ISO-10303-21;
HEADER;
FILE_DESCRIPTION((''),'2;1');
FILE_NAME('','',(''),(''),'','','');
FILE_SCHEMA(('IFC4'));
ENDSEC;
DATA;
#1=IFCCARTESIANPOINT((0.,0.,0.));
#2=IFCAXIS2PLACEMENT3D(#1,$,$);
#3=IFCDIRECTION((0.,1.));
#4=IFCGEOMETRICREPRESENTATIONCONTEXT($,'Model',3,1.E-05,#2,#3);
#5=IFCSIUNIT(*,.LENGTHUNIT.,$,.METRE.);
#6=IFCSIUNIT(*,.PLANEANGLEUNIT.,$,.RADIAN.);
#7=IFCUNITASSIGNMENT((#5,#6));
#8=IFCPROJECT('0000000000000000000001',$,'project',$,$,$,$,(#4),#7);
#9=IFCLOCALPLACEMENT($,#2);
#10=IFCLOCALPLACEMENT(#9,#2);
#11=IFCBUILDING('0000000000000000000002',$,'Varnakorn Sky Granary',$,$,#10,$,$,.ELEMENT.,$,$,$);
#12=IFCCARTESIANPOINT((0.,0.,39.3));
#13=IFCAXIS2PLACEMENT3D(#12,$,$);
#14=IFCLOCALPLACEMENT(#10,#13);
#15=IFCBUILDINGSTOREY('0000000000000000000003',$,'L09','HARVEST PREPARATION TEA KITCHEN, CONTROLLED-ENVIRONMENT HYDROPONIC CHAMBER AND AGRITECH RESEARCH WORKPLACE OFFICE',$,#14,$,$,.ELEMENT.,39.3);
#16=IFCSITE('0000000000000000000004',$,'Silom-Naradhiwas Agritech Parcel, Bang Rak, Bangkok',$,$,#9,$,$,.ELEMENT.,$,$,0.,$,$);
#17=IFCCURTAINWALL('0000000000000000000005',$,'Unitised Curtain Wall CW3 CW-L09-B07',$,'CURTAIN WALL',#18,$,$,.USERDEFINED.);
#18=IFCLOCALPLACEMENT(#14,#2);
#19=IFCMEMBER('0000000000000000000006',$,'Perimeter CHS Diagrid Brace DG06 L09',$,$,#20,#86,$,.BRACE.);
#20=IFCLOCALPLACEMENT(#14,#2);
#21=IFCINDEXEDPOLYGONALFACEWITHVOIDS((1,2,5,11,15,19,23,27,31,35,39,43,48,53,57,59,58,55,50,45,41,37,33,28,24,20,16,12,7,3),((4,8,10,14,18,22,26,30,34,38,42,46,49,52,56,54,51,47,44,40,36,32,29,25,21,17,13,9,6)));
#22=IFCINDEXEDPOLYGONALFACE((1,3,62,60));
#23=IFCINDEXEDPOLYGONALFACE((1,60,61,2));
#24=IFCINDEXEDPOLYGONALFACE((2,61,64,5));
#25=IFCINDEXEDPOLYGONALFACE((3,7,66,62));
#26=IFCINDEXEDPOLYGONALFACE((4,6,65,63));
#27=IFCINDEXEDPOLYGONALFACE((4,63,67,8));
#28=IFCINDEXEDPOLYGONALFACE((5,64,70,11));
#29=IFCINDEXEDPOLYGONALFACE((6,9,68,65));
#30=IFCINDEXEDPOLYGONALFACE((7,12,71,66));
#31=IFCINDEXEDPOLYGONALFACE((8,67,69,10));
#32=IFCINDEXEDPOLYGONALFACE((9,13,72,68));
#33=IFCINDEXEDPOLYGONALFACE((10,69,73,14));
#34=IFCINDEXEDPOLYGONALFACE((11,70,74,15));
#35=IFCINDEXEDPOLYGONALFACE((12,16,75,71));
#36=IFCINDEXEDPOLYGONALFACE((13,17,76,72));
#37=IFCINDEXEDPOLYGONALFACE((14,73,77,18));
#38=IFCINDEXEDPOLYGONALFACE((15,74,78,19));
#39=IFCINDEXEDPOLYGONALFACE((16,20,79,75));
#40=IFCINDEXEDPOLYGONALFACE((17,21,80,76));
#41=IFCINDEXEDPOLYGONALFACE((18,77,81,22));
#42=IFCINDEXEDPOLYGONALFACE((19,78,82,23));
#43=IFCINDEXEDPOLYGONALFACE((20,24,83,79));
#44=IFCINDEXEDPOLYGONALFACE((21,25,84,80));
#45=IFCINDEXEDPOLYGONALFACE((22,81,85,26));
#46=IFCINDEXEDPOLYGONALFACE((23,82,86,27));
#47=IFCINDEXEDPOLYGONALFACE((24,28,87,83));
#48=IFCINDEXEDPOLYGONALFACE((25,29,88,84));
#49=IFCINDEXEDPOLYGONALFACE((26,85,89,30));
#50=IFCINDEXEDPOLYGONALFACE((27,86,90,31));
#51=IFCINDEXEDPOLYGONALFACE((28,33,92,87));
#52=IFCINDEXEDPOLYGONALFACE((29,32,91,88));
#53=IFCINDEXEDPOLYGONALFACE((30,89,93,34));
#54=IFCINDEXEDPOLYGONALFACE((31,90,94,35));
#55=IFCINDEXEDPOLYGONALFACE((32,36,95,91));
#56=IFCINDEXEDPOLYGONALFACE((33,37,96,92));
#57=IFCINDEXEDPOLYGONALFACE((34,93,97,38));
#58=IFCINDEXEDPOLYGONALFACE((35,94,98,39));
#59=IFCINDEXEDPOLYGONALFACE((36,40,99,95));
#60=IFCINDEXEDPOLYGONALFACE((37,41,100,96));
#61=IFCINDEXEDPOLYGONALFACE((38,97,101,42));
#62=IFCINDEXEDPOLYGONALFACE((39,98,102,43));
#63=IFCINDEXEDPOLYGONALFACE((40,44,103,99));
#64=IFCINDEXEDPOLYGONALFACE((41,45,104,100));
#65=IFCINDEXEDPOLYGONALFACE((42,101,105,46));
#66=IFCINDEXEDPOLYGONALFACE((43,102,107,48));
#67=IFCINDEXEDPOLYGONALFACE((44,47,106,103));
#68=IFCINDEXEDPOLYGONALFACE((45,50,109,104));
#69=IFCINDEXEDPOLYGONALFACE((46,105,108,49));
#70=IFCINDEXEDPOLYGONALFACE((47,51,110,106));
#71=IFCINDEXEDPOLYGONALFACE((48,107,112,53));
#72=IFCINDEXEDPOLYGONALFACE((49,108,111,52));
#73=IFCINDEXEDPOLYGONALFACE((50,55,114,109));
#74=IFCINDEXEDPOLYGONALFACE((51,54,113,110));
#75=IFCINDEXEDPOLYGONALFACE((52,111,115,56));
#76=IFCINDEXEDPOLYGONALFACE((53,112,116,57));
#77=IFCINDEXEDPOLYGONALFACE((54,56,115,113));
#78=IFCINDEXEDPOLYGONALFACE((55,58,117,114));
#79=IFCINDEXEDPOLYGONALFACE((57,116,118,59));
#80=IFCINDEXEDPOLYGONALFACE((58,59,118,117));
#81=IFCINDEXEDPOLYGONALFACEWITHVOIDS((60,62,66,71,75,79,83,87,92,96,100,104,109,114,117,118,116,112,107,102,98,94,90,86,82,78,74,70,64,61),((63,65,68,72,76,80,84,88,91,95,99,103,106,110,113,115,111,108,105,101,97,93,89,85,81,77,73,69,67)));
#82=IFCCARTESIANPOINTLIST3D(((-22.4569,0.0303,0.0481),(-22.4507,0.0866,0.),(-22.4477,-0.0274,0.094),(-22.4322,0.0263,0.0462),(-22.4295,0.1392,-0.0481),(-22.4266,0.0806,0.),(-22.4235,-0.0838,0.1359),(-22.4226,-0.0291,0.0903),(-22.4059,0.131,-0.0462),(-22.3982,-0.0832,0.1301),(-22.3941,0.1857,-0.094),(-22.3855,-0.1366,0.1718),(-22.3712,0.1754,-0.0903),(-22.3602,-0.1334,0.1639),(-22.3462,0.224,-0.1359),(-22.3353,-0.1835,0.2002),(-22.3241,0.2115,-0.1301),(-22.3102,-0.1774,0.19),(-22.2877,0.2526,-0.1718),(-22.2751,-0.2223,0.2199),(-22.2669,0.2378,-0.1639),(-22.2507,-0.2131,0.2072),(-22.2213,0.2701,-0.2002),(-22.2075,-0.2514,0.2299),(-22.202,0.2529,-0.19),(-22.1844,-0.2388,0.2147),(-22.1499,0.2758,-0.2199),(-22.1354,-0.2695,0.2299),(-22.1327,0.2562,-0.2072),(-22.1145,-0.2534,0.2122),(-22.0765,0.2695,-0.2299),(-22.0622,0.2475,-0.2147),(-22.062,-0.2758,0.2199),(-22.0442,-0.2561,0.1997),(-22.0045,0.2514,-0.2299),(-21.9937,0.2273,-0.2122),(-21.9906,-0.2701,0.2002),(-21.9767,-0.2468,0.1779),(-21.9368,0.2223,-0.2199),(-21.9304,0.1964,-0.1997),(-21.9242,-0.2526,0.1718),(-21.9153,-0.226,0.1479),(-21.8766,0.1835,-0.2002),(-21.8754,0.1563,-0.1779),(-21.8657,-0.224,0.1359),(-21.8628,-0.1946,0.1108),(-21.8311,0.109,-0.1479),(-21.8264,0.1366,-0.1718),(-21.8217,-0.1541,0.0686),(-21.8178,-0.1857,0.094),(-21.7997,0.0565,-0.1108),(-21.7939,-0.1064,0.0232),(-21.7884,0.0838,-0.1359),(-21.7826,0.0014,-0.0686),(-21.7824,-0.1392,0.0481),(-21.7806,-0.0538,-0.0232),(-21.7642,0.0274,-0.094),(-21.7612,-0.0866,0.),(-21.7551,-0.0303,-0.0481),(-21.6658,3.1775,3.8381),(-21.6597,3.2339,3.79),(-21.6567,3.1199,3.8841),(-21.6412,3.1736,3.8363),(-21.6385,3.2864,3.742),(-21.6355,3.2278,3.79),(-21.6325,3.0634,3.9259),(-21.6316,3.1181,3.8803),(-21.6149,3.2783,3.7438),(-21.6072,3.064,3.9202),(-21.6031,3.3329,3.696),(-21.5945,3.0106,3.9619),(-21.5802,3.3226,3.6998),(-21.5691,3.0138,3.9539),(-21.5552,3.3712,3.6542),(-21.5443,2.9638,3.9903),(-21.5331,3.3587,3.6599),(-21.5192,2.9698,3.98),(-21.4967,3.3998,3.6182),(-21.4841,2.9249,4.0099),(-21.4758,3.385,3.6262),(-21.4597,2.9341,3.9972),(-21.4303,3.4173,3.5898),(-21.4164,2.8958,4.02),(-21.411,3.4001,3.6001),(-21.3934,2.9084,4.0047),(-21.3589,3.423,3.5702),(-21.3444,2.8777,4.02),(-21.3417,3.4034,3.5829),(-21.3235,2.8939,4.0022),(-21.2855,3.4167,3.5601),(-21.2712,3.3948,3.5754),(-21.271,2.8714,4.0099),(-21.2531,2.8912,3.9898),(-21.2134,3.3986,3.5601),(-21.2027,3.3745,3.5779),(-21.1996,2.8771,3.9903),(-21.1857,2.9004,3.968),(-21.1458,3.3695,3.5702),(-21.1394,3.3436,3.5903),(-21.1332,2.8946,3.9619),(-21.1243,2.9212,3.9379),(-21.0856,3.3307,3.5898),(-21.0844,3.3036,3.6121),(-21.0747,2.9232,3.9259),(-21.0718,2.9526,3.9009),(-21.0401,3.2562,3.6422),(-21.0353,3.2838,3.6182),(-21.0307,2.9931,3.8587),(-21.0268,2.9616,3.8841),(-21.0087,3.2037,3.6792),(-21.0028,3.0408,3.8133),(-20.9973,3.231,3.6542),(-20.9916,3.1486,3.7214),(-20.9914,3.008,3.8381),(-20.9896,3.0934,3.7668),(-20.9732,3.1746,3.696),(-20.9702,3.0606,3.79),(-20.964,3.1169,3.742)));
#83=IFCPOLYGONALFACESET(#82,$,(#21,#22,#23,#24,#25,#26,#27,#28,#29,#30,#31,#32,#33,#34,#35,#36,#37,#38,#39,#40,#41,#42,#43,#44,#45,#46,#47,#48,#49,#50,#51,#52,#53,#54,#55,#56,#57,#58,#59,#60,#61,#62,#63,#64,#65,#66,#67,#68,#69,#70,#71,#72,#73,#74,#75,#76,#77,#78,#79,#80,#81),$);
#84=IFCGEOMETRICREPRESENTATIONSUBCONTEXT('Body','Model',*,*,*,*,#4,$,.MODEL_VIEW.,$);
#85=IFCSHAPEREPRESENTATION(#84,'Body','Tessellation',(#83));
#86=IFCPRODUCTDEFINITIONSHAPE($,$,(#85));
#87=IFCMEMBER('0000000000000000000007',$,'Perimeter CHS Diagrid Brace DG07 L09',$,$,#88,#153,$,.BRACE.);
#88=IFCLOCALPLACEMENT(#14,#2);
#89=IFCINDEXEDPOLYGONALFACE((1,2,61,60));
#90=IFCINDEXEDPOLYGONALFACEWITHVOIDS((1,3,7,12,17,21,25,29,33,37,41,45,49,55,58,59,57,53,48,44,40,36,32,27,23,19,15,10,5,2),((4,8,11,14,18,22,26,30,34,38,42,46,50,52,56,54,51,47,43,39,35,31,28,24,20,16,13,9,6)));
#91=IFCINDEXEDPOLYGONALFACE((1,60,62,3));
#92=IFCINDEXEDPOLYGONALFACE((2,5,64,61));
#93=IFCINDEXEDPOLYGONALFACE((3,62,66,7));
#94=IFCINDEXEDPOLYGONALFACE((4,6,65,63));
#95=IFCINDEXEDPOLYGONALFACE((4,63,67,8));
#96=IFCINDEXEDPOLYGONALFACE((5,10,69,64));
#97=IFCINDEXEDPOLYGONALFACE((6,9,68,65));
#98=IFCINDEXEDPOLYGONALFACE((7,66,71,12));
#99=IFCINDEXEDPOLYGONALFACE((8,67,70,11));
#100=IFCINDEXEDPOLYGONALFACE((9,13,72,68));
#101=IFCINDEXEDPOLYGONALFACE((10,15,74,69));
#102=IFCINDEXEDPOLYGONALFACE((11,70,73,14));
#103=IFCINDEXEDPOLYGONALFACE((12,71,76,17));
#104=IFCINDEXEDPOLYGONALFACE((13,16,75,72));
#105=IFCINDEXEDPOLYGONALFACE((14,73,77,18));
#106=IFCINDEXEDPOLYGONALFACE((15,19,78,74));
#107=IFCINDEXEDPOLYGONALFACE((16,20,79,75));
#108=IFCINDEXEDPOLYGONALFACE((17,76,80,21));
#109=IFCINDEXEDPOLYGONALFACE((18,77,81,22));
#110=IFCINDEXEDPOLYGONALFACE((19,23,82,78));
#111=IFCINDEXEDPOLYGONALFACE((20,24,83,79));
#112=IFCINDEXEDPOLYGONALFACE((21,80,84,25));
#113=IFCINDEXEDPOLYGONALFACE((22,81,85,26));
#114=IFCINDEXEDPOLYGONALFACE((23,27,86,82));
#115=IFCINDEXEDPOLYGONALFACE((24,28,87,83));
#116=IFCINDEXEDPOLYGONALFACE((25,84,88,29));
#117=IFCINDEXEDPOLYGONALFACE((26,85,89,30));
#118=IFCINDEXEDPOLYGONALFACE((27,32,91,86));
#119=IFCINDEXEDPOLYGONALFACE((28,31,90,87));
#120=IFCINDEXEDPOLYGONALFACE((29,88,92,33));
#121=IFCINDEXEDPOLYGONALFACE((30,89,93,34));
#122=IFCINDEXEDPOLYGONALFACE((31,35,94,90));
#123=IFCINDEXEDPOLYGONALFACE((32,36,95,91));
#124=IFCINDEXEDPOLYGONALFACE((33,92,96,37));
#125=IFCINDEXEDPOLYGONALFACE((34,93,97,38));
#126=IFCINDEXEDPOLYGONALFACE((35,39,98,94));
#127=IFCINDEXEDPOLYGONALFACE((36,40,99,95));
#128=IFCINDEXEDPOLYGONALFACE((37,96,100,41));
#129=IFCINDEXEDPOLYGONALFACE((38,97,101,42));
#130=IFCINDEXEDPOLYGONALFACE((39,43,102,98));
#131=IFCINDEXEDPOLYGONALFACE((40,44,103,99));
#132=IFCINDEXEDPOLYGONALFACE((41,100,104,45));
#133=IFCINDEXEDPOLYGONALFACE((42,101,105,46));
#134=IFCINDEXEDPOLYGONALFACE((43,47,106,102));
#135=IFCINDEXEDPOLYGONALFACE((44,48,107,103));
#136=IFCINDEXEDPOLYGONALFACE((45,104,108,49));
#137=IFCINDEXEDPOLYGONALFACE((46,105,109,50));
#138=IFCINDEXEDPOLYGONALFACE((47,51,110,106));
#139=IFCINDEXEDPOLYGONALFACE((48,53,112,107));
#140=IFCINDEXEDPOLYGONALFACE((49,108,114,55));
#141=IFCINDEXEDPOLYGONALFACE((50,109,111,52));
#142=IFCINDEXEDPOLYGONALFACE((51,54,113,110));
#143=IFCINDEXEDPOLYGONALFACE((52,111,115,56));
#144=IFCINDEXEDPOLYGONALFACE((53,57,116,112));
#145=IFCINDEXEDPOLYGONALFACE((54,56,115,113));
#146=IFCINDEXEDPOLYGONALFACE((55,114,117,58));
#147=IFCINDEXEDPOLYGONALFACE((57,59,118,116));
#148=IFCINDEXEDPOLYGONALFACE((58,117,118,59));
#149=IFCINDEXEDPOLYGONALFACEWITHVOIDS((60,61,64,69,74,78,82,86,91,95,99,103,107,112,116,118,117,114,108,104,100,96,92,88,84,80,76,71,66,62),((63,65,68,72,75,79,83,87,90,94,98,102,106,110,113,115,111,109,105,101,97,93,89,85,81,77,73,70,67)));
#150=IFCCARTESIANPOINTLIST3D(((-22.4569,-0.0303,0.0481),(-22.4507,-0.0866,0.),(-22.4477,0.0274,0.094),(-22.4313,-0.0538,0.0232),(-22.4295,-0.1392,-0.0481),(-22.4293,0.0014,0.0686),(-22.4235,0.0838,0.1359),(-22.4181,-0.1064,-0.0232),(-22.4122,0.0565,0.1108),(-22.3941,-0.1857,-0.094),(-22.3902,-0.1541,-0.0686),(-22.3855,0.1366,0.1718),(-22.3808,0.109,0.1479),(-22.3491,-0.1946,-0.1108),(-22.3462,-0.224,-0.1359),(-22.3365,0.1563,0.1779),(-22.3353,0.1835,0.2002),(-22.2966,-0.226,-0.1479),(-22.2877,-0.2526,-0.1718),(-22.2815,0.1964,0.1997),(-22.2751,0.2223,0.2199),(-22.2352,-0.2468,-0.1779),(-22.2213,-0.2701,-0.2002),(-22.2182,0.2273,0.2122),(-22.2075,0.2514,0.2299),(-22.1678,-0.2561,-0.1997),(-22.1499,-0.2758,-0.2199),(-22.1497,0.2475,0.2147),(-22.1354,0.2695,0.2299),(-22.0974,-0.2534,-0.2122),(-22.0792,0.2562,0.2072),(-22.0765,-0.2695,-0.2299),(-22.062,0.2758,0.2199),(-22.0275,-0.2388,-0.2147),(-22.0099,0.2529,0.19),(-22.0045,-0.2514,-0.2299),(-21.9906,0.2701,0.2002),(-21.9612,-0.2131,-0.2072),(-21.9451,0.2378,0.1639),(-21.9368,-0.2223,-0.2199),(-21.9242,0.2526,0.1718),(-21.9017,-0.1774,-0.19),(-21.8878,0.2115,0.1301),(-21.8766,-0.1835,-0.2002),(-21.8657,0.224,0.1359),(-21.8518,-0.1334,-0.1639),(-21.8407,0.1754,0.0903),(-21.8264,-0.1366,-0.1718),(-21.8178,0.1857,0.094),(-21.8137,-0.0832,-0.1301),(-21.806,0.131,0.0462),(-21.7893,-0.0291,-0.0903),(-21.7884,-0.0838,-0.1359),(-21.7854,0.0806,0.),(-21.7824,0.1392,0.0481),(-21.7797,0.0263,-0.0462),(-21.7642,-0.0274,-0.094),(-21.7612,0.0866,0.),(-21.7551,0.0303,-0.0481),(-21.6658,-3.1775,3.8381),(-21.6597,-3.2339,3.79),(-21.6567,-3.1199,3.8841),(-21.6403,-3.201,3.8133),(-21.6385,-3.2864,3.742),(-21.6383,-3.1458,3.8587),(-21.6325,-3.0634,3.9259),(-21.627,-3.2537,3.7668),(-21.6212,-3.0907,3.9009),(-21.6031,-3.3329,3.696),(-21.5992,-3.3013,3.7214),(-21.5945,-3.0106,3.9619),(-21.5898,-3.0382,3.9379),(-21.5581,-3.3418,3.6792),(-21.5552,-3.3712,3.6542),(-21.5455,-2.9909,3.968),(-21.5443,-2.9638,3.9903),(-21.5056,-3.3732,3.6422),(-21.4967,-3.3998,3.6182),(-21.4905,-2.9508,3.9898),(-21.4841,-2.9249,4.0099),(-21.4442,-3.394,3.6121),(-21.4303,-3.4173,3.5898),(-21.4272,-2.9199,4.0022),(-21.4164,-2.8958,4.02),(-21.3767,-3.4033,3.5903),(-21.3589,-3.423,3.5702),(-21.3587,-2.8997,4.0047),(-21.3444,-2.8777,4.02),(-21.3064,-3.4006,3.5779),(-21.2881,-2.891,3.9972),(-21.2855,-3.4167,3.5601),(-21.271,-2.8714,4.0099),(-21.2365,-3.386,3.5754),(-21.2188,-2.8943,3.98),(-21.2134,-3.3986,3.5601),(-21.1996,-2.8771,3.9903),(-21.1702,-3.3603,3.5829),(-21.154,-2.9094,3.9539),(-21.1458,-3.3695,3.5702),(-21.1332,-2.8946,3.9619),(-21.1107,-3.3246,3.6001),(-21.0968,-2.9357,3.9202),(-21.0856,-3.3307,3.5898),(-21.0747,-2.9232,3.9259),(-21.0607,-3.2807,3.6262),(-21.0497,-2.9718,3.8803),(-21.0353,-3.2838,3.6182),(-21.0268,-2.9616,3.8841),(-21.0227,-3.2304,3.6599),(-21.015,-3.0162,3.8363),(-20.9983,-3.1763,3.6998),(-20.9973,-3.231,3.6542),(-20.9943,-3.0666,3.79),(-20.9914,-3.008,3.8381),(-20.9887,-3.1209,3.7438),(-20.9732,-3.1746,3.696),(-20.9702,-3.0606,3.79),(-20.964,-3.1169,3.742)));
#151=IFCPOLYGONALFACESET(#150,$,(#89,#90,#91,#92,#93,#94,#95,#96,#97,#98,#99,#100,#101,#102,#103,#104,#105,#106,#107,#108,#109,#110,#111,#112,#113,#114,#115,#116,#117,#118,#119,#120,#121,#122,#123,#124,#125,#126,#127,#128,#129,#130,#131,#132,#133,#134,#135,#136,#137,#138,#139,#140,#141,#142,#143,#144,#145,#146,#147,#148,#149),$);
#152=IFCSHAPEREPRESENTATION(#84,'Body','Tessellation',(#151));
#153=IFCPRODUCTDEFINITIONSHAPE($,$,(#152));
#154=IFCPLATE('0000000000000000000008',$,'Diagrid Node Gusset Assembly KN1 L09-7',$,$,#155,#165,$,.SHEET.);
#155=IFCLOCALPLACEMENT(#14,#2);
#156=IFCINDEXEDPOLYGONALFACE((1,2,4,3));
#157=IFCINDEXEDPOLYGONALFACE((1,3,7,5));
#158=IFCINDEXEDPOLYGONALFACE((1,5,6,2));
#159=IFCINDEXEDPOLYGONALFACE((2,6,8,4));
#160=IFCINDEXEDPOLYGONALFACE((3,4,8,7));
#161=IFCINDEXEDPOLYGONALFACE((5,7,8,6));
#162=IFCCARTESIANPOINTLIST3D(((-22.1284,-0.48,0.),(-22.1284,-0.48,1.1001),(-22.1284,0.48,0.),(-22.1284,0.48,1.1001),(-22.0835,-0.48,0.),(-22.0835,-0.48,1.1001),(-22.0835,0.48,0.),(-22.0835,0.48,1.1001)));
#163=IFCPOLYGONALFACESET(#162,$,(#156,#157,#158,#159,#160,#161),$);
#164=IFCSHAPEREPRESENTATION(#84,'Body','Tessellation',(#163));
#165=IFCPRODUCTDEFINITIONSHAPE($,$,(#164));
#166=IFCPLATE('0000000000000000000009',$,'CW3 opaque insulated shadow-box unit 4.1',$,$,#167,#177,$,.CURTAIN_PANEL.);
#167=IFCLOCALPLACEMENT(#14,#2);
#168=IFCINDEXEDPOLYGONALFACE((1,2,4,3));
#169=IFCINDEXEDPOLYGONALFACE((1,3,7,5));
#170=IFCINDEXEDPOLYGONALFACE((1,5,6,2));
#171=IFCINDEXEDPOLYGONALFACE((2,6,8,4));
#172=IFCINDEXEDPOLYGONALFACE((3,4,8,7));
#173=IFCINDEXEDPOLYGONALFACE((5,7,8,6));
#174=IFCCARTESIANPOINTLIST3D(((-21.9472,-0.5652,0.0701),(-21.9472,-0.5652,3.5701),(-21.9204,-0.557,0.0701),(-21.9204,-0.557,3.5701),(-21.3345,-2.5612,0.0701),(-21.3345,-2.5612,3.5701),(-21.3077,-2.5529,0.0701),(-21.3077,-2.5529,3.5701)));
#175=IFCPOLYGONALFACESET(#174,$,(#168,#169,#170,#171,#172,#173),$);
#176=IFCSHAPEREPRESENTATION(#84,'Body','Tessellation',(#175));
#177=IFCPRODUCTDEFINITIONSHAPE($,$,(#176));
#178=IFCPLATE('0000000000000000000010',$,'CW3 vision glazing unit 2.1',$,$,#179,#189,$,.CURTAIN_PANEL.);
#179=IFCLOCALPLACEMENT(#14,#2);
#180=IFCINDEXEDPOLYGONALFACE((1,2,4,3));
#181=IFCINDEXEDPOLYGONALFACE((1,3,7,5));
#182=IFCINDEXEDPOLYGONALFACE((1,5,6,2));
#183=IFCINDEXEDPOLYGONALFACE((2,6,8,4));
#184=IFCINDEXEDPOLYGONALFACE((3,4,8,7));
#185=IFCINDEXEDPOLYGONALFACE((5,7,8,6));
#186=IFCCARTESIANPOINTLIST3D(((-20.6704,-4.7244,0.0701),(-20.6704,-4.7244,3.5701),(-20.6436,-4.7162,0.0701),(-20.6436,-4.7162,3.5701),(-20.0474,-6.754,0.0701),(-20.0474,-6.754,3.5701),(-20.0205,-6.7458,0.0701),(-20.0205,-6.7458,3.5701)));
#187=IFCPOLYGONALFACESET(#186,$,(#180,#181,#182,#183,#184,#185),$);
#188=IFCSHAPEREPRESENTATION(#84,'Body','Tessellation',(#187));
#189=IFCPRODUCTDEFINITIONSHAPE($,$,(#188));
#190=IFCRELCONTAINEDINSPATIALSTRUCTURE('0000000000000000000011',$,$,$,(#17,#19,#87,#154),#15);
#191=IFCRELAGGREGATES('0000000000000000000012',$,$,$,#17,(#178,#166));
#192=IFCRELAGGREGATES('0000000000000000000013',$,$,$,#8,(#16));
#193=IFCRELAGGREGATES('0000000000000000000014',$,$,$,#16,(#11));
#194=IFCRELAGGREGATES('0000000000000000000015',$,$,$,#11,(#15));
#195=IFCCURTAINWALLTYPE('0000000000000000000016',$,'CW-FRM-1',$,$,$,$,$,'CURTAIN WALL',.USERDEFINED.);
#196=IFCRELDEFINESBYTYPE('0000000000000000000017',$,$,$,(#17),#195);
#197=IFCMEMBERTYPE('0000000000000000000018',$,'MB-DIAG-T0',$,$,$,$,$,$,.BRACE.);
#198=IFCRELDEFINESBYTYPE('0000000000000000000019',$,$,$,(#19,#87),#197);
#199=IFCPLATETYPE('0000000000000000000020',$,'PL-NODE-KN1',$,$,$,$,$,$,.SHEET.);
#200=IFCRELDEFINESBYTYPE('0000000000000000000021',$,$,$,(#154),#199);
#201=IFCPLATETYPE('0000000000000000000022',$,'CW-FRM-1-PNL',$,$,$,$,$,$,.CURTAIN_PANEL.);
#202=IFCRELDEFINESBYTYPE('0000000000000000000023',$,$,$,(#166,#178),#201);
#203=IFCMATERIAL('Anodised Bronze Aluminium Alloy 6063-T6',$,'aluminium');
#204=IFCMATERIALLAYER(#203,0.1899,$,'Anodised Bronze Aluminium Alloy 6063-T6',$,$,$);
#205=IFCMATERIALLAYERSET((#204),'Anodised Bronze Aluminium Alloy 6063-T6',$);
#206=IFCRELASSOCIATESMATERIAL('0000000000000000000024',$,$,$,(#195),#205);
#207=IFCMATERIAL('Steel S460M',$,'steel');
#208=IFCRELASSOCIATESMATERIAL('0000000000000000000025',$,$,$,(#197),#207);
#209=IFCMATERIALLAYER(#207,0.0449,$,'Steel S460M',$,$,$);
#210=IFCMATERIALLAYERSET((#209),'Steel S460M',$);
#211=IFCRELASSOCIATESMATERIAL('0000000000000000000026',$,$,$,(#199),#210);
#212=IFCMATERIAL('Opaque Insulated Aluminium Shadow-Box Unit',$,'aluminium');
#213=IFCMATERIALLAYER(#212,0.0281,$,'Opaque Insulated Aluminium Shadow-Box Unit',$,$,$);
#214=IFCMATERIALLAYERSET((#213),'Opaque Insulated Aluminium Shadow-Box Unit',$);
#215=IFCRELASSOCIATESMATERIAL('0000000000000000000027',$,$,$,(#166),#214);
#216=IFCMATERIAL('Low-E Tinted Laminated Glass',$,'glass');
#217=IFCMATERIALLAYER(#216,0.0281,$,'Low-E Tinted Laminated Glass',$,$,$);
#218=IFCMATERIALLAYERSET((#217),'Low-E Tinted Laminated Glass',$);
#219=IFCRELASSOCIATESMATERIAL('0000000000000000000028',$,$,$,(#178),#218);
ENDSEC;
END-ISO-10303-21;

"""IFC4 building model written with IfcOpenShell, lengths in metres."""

from ifc_helpers import new_model, si_unit, direction, frame, origin, origin_2d, place, context, subcontext, project, spatial, rectangle, hollow_circle, extrude, source, transform, mapped, material, layer, layer_set, material_profile, profile_set, type_object, type_shapes, element, aggregate, save


model = new_model("IFC4")

# Units and contexts
model_context = context("Model", 3, precision=1e-05, world=origin(), true_north=direction((0.0, 1.0)))
body_context = subcontext(model_context, "Body", "Model", "MODEL_VIEW")
ifc_project = project(units=[si_unit("LENGTHUNIT", "METRE"), si_unit("PLANEANGLEUNIT", "RADIAN")], contexts=[model_context])

# Site, building, storey
site_placement = place(None, origin())
site = spatial("IfcSite", under=ifc_project, at=site_placement, Name="Silom-Naradhiwas Agritech Parcel, Bang Rak, Bangkok", CompositionType="ELEMENT", RefElevation=0.0)
building_placement = place(site_placement, origin())
building = spatial("IfcBuilding", under=site, at=building_placement, Name="Varnakorn Sky Granary", CompositionType="ELEMENT")
storey_placement = place(building_placement, frame((0.0, 0.0, 39.3)))
storey = spatial("IfcBuildingStorey", under=building, at=storey_placement, Name="L09", Description="HARVEST PREPARATION TEA KITCHEN, CONTROLLED-ENVIRONMENT HYDROPONIC CHAMBER AND AGRITECH RESEARCH WORKPLACE OFFICE", CompositionType="ELEMENT", Elevation=39.3)

# Shared definitions
ifc_material_1 = material(Name="Steel S460M", Category="steel")

# Curtain wall
ifc_material_2 = material(Name="Anodised Bronze Aluminium Alloy 6063-T6", Category="aluminium")
ifc_layer_1 = layer(ifc_material_2, 0.1899, Name="Anodised Bronze Aluminium Alloy 6063-T6")
ifc_layer_set_1 = layer_set([ifc_layer_1], Name="Anodised Bronze Aluminium Alloy 6063-T6")
curtain_wall_type = type_object("IfcCurtainWallType", Name="CW-FRM-1", ElementType="CURTAIN WALL", PredefinedType="USERDEFINED", material=ifc_layer_set_1)
curtain_wall_placement = place(storey_placement, origin())
curtain_wall = element("IfcCurtainWall", 1, at=curtain_wall_placement, inside=storey, type_object=curtain_wall_type, Name="Unitised Curtain Wall CW3 CW-L09-B07", ObjectType="CURTAIN WALL", PredefinedType="USERDEFINED")

# Members
ifc_material_profile_1 = material_profile(ifc_material_1, hollow_circle(Radius=0.3555, WallThickness=0.0249, at=origin_2d()), Name="CHS 711x25")
ifc_profile_set_1 = profile_set([ifc_material_profile_1], Name="Steel S460M")
member_type_1 = type_object("IfcMemberType", Name="MB-DIAG-T0", PredefinedType="BRACE", material=ifc_profile_set_1)
for number, where, z_axis, x_axis, name in (
    (2, (-22.106, 0.0, 0.0), (0.158536, 0.630768, 0.759604), (-0.969836, 0.243757, 0.0), "Perimeter CHS Diagrid Brace DG06 L09"),
    (3, (-22.106, 0.0, 0.0), (0.158536, -0.630768, 0.759604), (0.969836, 0.243757, 0.0), "Perimeter CHS Diagrid Brace DG07 L09"),
):
    element("IfcMember", number, at=place(storey_placement, frame(where, z_axis=z_axis, x_axis=x_axis)), inside=storey, type_object=member_type_1, Name=name, PredefinedType="BRACE", context=body_context, shape_type="SweptSolid", body=[
        extrude(hollow_circle(Radius=0.3555, WallThickness=0.0249, at=origin_2d()), origin(), (0.0, 0.0, 1.0), 4.9895),
    ])

# Plates
ifc_layer_2 = layer(ifc_material_1, 0.0449, Name="Steel S460M")
ifc_layer_set_2 = layer_set([ifc_layer_2], Name="Steel S460M")
plate_type_1 = type_object("IfcPlateType", Name="PL-NODE-KN1", PredefinedType="SHEET", material=ifc_layer_set_2)
plate_1_placement = place(storey_placement, frame((-22.106, 0.0, 0.0), z_axis=(0.0, 0.0, 1.0), x_axis=(0.0, -1.0, 0.0)))
element("IfcPlate", 4, at=plate_1_placement, inside=storey, type_object=plate_type_1, Name="Diagrid Node Gusset Assembly KN1 L09-7", PredefinedType="SHEET", context=body_context, shape_type="SweptSolid", body=[
    extrude(rectangle(XDim=0.96, YDim=0.0449, at=origin_2d()), origin(), (0.0, 0.0, 1.0), 1.1001),
])
ifc_material_3 = material(Name="Opaque Insulated Aluminium Shadow-Box Unit", Category="aluminium")
ifc_layer_3 = layer(ifc_material_3, 0.0281, Name="Opaque Insulated Aluminium Shadow-Box Unit")
ifc_layer_set_3 = layer_set([ifc_layer_3], Name="Opaque Insulated Aluminium Shadow-Box Unit")
plate_type_2 = type_object("IfcPlateType", Name="CW-FRM-1-PNL", PredefinedType="CURTAIN_PANEL")
shared_shape_1 = source(origin(), body_context, "Body", "SweptSolid", [
    extrude(rectangle(XDim=2.0879, YDim=0.0281, at=origin_2d()), origin(), (0.0, 0.0, 1.0), 3.5),
])
plate_2_placement = place(storey_placement, frame((-21.6274, -1.5591, 0.0701), z_axis=(0.0, 0.0, 1.0), x_axis=(-0.293463, 0.955971, 0.0)))
plate_2 = element("IfcPlate", 5, at=plate_2_placement, type_object=plate_type_2, material=ifc_layer_set_3, Name="CW3 opaque insulated shadow-box unit 4.1", PredefinedType="CURTAIN_PANEL", context=body_context, shape_type="MappedRepresentation", body=[
    mapped(shared_shape_1, transform((0.0, 0.0, 0.0), x_axis=(1.0, 0.0, 0.0), y_axis=(0.0, 1.0, 0.0), z_axis=(0.0, 0.0, 1.0), scale=1.0)),
])
ifc_material_4 = material(Name="Low-E Tinted Laminated Glass", Category="glass")
ifc_layer_4 = layer(ifc_material_4, 0.0281, Name="Low-E Tinted Laminated Glass")
ifc_layer_set_4 = layer_set([ifc_layer_4], Name="Low-E Tinted Laminated Glass")
shared_shape_2 = source(origin(), body_context, "Body", "SweptSolid", [
    extrude(rectangle(XDim=2.123, YDim=0.0281, at=origin_2d()), origin(), (0.0, 0.0, 1.0), 3.5),
])
type_shapes(plate_type_2, [shared_shape_1, shared_shape_2])
plate_3_placement = place(storey_placement, frame((-20.3455, -5.7351, 0.0701), z_axis=(0.0, 0.0, 1.0), x_axis=(-0.293463, 0.955971, 0.0)))
plate_3 = element("IfcPlate", 6, at=plate_3_placement, type_object=plate_type_2, material=ifc_layer_set_4, Name="CW3 vision glazing unit 2.1", PredefinedType="CURTAIN_PANEL", context=body_context, shape_type="MappedRepresentation", body=[
    mapped(shared_shape_2, transform((0.0, 0.0, 0.0), x_axis=(1.0, 0.0, 0.0), y_axis=(0.0, 1.0, 0.0), z_axis=(0.0, 0.0, 1.0), scale=1.0)),
])
aggregate(curtain_wall, [plate_3, plate_2])

save(model, "model.ifc")
